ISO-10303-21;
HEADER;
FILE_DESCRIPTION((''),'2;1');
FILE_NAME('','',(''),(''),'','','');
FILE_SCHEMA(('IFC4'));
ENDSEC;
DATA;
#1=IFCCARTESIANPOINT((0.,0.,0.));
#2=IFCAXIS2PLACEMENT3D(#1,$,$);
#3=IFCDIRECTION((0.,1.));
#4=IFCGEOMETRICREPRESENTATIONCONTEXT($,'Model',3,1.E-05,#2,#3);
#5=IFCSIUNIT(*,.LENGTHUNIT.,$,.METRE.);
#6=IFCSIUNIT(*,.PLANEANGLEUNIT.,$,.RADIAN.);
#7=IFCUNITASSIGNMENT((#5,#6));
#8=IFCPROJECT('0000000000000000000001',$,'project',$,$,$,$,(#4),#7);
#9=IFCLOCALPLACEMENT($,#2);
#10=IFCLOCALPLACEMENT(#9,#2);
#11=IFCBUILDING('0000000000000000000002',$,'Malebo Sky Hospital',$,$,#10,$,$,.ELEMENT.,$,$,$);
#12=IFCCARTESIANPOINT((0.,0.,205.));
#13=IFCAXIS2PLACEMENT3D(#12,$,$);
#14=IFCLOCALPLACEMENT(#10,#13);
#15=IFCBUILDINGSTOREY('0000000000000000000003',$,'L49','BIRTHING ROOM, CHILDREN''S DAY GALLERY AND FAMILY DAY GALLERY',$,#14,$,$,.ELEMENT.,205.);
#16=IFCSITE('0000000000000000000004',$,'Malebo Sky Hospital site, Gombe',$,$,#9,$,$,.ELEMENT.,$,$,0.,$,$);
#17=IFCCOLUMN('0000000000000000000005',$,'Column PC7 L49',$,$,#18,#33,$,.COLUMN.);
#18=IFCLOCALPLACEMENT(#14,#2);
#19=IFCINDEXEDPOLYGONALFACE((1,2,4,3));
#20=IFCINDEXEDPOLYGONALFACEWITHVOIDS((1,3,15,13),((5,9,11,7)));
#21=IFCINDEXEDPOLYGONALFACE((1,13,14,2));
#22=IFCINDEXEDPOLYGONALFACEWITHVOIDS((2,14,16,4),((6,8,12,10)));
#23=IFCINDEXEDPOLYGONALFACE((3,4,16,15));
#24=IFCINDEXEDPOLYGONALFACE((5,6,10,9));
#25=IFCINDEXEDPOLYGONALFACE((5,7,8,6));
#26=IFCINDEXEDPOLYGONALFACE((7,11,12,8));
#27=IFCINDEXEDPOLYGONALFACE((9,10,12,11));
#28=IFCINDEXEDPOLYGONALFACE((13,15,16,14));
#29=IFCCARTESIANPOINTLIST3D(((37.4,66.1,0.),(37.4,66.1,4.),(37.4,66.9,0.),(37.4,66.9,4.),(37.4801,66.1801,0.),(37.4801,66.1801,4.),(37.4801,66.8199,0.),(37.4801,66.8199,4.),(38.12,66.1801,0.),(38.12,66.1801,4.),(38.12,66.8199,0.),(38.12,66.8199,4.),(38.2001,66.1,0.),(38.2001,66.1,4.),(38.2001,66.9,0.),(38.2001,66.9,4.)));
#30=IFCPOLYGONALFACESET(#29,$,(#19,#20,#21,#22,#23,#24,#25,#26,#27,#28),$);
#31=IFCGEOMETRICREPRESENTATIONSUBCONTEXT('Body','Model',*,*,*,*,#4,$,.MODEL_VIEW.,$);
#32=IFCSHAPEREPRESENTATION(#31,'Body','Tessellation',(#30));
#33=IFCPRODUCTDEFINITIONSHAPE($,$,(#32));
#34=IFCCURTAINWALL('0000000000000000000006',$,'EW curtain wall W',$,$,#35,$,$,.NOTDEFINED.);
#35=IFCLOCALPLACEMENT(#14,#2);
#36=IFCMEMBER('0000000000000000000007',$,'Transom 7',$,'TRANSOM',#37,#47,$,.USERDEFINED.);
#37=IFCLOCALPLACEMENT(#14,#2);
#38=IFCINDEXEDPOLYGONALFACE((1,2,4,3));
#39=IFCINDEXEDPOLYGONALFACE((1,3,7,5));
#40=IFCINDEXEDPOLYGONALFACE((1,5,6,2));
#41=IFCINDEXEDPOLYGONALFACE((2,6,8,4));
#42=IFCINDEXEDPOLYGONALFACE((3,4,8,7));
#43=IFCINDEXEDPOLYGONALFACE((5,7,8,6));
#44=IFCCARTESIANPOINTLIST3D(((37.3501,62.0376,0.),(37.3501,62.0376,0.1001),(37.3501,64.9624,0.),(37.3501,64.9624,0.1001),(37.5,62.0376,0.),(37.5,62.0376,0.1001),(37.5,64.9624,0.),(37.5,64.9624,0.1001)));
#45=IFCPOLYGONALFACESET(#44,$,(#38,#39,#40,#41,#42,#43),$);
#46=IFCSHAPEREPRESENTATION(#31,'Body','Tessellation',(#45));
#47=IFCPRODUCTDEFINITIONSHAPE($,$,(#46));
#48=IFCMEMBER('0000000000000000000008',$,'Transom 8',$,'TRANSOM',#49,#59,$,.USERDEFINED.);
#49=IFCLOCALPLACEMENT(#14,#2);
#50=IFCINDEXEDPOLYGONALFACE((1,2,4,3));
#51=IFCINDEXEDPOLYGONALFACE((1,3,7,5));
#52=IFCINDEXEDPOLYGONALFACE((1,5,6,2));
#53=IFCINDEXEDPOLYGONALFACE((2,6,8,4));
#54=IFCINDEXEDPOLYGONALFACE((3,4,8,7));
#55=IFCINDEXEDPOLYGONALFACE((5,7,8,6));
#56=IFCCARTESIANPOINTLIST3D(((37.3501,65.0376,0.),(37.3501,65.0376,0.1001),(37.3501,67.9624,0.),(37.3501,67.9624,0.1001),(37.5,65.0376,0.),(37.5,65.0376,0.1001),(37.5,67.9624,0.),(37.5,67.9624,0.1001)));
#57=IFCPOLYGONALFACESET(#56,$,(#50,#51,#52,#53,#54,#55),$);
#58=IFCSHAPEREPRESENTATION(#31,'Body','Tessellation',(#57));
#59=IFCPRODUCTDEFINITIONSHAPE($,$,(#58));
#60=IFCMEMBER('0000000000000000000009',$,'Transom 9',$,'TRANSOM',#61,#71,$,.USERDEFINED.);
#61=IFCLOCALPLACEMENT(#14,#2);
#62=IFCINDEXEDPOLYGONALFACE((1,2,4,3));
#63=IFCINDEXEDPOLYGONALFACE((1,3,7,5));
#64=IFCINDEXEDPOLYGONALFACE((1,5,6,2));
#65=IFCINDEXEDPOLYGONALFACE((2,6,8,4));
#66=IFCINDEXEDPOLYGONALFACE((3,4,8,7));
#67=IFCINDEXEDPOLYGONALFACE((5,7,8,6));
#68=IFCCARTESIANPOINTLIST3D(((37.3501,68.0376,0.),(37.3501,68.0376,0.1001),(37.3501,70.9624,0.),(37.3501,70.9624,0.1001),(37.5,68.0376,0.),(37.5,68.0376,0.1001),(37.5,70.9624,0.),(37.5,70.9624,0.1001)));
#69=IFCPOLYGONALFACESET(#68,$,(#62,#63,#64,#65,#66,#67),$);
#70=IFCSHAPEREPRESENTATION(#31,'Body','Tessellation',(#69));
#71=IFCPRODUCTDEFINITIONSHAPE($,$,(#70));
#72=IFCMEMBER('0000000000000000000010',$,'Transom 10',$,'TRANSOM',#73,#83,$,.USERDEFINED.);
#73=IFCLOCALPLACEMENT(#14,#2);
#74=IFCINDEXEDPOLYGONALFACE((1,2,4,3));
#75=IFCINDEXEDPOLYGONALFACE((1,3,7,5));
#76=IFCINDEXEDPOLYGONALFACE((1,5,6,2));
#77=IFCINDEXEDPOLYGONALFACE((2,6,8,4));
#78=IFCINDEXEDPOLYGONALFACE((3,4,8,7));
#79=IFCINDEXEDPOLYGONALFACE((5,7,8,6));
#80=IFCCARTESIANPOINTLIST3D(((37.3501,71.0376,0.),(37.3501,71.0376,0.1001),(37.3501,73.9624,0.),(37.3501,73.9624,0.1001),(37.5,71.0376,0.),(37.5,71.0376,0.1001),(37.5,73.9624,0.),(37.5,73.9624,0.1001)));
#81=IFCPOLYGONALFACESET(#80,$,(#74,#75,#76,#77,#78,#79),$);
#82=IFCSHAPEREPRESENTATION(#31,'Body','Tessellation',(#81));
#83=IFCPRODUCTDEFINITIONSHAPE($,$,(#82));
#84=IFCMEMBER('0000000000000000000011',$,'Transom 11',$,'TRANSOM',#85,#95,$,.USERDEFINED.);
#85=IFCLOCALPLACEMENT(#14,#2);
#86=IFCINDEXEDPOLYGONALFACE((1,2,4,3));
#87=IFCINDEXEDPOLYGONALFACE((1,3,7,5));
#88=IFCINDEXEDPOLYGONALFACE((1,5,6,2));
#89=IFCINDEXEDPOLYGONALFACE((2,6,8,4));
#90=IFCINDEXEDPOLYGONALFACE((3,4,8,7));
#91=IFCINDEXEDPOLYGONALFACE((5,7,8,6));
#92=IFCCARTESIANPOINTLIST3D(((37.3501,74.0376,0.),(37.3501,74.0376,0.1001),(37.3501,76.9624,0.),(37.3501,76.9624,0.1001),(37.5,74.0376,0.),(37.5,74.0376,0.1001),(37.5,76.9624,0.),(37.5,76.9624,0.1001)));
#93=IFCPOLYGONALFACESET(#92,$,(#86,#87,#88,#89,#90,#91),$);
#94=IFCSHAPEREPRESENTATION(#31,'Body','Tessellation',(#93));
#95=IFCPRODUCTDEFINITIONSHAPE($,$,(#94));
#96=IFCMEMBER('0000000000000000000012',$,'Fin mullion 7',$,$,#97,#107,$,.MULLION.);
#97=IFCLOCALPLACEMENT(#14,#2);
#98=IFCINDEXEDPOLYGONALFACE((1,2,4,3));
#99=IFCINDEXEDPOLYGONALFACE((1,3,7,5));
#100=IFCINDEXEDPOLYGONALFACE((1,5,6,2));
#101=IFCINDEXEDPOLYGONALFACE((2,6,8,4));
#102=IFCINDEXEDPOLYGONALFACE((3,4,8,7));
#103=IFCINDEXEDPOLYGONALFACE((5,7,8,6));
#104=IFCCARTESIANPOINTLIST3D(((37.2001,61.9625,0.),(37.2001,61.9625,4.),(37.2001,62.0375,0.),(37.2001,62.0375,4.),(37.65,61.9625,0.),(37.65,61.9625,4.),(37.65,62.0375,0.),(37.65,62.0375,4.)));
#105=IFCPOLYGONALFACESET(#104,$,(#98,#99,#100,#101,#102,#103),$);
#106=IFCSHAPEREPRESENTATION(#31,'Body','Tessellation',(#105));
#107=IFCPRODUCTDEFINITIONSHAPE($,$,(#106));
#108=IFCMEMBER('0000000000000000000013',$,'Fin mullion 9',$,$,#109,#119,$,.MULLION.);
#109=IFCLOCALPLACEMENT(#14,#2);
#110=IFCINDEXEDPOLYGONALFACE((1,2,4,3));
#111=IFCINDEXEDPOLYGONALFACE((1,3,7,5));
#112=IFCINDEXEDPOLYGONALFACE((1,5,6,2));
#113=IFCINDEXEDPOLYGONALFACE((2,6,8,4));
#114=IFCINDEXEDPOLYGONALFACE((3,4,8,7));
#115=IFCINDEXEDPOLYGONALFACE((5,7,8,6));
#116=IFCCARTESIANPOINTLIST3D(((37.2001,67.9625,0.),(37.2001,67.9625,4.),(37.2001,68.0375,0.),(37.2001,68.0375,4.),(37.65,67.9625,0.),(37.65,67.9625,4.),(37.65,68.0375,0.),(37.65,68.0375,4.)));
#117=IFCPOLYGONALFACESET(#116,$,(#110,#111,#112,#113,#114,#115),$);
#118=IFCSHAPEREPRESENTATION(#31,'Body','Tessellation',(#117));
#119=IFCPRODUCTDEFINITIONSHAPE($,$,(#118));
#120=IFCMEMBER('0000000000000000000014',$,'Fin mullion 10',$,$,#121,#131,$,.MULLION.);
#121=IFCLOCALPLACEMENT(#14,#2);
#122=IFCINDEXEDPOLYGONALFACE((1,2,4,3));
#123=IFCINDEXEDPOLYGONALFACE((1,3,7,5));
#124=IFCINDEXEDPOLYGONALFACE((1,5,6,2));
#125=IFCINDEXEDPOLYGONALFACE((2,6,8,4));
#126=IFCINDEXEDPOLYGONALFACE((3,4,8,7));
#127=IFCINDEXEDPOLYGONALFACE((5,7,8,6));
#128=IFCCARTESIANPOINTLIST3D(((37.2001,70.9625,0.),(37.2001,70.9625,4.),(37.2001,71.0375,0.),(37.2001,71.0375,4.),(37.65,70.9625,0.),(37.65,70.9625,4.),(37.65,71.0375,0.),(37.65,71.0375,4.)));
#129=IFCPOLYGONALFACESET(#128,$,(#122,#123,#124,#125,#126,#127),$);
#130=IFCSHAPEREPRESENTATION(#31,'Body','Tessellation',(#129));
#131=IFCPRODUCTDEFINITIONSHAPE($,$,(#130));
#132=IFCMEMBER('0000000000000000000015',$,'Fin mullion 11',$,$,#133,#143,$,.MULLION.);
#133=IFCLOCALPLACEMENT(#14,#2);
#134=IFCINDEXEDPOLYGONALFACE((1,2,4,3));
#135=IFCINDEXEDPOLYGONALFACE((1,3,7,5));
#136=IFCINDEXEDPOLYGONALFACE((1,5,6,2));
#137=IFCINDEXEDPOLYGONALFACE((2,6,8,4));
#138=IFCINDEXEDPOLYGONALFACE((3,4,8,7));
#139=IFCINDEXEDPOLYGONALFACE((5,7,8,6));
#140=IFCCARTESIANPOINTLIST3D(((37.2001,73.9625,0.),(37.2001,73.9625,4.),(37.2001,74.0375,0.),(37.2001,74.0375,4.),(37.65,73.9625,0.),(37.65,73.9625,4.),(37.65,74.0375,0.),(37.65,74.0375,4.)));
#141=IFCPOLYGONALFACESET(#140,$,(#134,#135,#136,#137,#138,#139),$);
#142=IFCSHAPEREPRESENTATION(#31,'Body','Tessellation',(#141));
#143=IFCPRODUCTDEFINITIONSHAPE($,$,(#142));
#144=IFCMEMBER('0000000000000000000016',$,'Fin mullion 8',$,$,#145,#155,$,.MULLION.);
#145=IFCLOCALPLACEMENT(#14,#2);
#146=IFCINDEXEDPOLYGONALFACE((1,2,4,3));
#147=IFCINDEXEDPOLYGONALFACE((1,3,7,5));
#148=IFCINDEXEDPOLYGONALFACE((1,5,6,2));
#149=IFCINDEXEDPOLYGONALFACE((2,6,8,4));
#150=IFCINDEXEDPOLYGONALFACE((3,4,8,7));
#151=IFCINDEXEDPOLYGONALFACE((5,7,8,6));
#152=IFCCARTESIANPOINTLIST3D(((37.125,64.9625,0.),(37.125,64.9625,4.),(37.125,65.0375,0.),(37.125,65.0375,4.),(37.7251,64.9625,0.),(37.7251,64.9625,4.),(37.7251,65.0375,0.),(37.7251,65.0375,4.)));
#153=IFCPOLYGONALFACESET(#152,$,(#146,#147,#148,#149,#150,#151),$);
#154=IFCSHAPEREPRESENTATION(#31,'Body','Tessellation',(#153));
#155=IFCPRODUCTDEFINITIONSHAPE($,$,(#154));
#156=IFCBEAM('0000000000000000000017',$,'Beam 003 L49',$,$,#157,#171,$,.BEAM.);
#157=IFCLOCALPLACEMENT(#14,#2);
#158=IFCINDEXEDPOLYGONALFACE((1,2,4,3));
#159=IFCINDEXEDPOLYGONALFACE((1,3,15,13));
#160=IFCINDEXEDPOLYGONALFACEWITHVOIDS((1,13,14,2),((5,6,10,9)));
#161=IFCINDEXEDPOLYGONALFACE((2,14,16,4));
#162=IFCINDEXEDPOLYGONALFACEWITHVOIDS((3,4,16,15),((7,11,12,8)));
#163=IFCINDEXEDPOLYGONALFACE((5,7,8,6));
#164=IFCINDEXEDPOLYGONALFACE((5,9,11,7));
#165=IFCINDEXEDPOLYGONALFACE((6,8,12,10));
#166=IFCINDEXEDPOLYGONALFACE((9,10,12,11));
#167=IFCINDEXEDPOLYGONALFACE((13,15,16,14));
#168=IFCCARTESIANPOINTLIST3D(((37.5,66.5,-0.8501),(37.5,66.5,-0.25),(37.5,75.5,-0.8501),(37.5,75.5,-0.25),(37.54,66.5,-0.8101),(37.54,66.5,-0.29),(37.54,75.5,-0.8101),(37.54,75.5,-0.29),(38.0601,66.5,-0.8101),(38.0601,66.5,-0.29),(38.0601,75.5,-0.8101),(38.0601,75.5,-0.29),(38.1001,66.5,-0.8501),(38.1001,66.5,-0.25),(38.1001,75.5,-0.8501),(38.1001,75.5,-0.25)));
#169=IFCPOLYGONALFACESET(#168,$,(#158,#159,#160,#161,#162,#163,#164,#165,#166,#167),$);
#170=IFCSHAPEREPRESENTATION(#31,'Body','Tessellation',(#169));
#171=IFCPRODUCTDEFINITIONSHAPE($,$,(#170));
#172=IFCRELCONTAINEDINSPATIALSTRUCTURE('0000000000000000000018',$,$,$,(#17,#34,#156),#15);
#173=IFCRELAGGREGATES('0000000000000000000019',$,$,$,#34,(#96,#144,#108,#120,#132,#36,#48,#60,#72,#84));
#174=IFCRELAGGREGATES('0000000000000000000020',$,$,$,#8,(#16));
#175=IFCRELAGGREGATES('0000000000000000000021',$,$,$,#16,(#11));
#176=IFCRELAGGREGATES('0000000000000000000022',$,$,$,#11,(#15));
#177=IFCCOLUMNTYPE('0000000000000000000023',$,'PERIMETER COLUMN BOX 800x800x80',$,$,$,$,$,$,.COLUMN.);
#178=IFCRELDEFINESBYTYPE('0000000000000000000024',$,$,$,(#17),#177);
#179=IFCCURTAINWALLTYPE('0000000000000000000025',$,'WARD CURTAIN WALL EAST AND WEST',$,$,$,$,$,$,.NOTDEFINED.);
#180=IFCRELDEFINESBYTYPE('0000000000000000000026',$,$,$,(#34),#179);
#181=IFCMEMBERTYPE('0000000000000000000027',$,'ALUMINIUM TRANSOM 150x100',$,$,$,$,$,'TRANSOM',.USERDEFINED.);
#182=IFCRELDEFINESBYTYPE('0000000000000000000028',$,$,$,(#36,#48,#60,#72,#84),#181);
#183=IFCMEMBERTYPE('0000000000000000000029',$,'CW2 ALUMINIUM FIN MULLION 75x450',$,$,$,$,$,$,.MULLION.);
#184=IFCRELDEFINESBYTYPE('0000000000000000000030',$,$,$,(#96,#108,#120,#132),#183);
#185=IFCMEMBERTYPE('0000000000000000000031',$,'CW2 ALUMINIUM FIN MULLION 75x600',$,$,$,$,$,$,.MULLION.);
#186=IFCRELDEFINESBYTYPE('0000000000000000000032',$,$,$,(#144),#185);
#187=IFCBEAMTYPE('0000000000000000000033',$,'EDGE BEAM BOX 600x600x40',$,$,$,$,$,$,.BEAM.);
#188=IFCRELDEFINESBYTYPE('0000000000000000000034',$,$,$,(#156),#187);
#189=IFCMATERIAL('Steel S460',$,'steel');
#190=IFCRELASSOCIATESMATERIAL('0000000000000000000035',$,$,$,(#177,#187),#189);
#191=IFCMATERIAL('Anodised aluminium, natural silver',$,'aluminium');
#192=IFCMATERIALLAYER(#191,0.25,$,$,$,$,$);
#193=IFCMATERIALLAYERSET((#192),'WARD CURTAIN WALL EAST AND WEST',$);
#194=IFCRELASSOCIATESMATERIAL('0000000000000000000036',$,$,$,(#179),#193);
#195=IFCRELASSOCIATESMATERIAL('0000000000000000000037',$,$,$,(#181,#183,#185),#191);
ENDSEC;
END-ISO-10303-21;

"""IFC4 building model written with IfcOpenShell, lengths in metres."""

from ifc_helpers import new_model, si_unit, direction, frame, origin, origin_2d, place, context, subcontext, project, spatial, rectangle, hollow_rectangle, extrude, material, layer, layer_set, material_profile, profile_set, type_object, element, aggregate, save


model = new_model("IFC4")

# Units and contexts
model_context = context("Model", 3, precision=1e-05, world=origin(), true_north=direction((0.0, 1.0)))
body_context = subcontext(model_context, "Body", "Model", "MODEL_VIEW")
ifc_project = project(units=[si_unit("LENGTHUNIT", "METRE"), si_unit("PLANEANGLEUNIT", "RADIAN")], contexts=[model_context])

# Site, building, storey
site_placement = place(None, origin())
site = spatial("IfcSite", under=ifc_project, at=site_placement, Name="Malebo Sky Hospital site, Gombe", CompositionType="ELEMENT", RefElevation=0.0)
building_placement = place(site_placement, origin())
building = spatial("IfcBuilding", under=site, at=building_placement, Name="Malebo Sky Hospital", CompositionType="ELEMENT")
storey_placement = place(building_placement, frame((0.0, 0.0, 205.0)))
storey = spatial("IfcBuildingStorey", under=building, at=storey_placement, Name="L49", Description="BIRTHING ROOM, CHILDREN'S DAY GALLERY AND FAMILY DAY GALLERY", CompositionType="ELEMENT", Elevation=205.0)

# Column
ifc_material_1 = material(Name="Steel S460", Category="steel")
ifc_material_profile_1 = material_profile(ifc_material_1, hollow_rectangle(XDim=0.8, YDim=0.8, WallThickness=0.0801, at=origin_2d()), Name="BOX 800x800x80")
ifc_profile_set_1 = profile_set([ifc_material_profile_1], Name="Steel S460")
column_type = type_object("IfcColumnType", Name="PERIMETER COLUMN BOX 800x800x80", PredefinedType="COLUMN", material=ifc_profile_set_1)
column_placement = place(storey_placement, frame((37.8, 66.5, 0.0), z_axis=(0.0, 0.0, 1.0), x_axis=(1.0, 0.0, 0.0)))
element("IfcColumn", 1, at=column_placement, inside=storey, type_object=column_type, Name="Column PC7 L49", PredefinedType="COLUMN", context=body_context, shape_type="SweptSolid", body=[
    extrude(hollow_rectangle(XDim=0.8, YDim=0.8, WallThickness=0.0801, at=origin_2d()), origin(), (0.0, 0.0, 1.0), 4.0),
])

# Curtain wall, members
ifc_material_2 = material(Name="Anodised aluminium, natural silver", Category="aluminium")
ifc_layer_1 = layer(ifc_material_2, 0.25)
ifc_layer_set_1 = layer_set([ifc_layer_1], Name="WARD CURTAIN WALL EAST AND WEST")
curtain_wall_type = type_object("IfcCurtainWallType", Name="WARD CURTAIN WALL EAST AND WEST", PredefinedType="NOTDEFINED", material=ifc_layer_set_1)
curtain_wall_placement = place(storey_placement, origin())
curtain_wall = element("IfcCurtainWall", 2, at=curtain_wall_placement, inside=storey, type_object=curtain_wall_type, Name="EW curtain wall W", PredefinedType="NOTDEFINED")
ifc_material_profile_2 = material_profile(ifc_material_2, rectangle(XDim=0.1499, YDim=0.1001, at=origin_2d()), Name="ALUMINIUM TRANSOM 150x100")
ifc_profile_set_2 = profile_set([ifc_material_profile_2], Name="Anodised aluminium, natural silver")
member_type_1 = type_object("IfcMemberType", Name="ALUMINIUM TRANSOM 150x100", ElementType="TRANSOM", PredefinedType="USERDEFINED", material=ifc_profile_set_2)
member_1_placement = place(storey_placement, frame((37.425, 62.0376, 0.05), z_axis=(0.0, 1.0, 0.0), x_axis=(-1.0, 0.0, 0.0)))
member_1 = element("IfcMember", 3, at=member_1_placement, type_object=member_type_1, Name="Transom 7", ObjectType="TRANSOM", PredefinedType="USERDEFINED", context=body_context, shape_type="SweptSolid", body=[
    extrude(rectangle(XDim=0.1499, YDim=0.1001, at=origin_2d()), origin(), (0.0, 0.0, 1.0), 2.9248),
])
member_2_placement = place(storey_placement, frame((37.425, 65.0376, 0.05), z_axis=(0.0, 1.0, 0.0), x_axis=(-1.0, 0.0, 0.0)))
member_2 = element("IfcMember", 4, at=member_2_placement, type_object=member_type_1, Name="Transom 8", ObjectType="TRANSOM", PredefinedType="USERDEFINED", context=body_context, shape_type="SweptSolid", body=[
    extrude(rectangle(XDim=0.1499, YDim=0.1001, at=origin_2d()), origin(), (0.0, 0.0, 1.0), 2.9248),
])
member_3_placement = place(storey_placement, frame((37.425, 68.0376, 0.05), z_axis=(0.0, 1.0, 0.0), x_axis=(-1.0, 0.0, 0.0)))
member_3 = element("IfcMember", 5, at=member_3_placement, type_object=member_type_1, Name="Transom 9", ObjectType="TRANSOM", PredefinedType="USERDEFINED", context=body_context, shape_type="SweptSolid", body=[
    extrude(rectangle(XDim=0.1499, YDim=0.1001, at=origin_2d()), origin(), (0.0, 0.0, 1.0), 2.9248),
])
member_4_placement = place(storey_placement, frame((37.425, 71.0376, 0.05), z_axis=(0.0, 1.0, 0.0), x_axis=(-1.0, 0.0, 0.0)))
member_4 = element("IfcMember", 6, at=member_4_placement, type_object=member_type_1, Name="Transom 10", ObjectType="TRANSOM", PredefinedType="USERDEFINED", context=body_context, shape_type="SweptSolid", body=[
    extrude(rectangle(XDim=0.1499, YDim=0.1001, at=origin_2d()), origin(), (0.0, 0.0, 1.0), 2.9248),
])
member_5_placement = place(storey_placement, frame((37.425, 74.0376, 0.05), z_axis=(0.0, 1.0, 0.0), x_axis=(-1.0, 0.0, 0.0)))
member_5 = element("IfcMember", 7, at=member_5_placement, type_object=member_type_1, Name="Transom 11", ObjectType="TRANSOM", PredefinedType="USERDEFINED", context=body_context, shape_type="SweptSolid", body=[
    extrude(rectangle(XDim=0.1499, YDim=0.1001, at=origin_2d()), origin(), (0.0, 0.0, 1.0), 2.9248),
])
ifc_material_profile_3 = material_profile(ifc_material_2, rectangle(XDim=0.075, YDim=0.45, at=origin_2d()), Name="CW2 ALUMINIUM FIN MULLION 75x450")
ifc_profile_set_3 = profile_set([ifc_material_profile_3], Name="Anodised aluminium, natural silver")
member_type_2 = type_object("IfcMemberType", Name="CW2 ALUMINIUM FIN MULLION 75x450", PredefinedType="MULLION", material=ifc_profile_set_3)
member_6_placement = place(storey_placement, frame((37.425, 62.0, 0.0), z_axis=(0.0, 0.0, 1.0), x_axis=(0.0, 1.0, 0.0)))
member_6 = element("IfcMember", 8, at=member_6_placement, type_object=member_type_2, Name="Fin mullion 7", PredefinedType="MULLION", context=body_context, shape_type="SweptSolid", body=[
    extrude(rectangle(XDim=0.075, YDim=0.45, at=origin_2d()), origin(), (0.0, 0.0, 1.0), 4.0),
])
member_7_placement = place(storey_placement, frame((37.425, 68.0, 0.0), z_axis=(0.0, 0.0, 1.0), x_axis=(0.0, 1.0, 0.0)))
member_7 = element("IfcMember", 9, at=member_7_placement, type_object=member_type_2, Name="Fin mullion 9", PredefinedType="MULLION", context=body_context, shape_type="SweptSolid", body=[
    extrude(rectangle(XDim=0.075, YDim=0.45, at=origin_2d()), origin(), (0.0, 0.0, 1.0), 4.0),
])
member_8_placement = place(storey_placement, frame((37.425, 71.0, 0.0), z_axis=(0.0, 0.0, 1.0), x_axis=(0.0, 1.0, 0.0)))
member_8 = element("IfcMember", 10, at=member_8_placement, type_object=member_type_2, Name="Fin mullion 10", PredefinedType="MULLION", context=body_context, shape_type="SweptSolid", body=[
    extrude(rectangle(XDim=0.075, YDim=0.45, at=origin_2d()), origin(), (0.0, 0.0, 1.0), 4.0),
])
member_9_placement = place(storey_placement, frame((37.425, 74.0, 0.0), z_axis=(0.0, 0.0, 1.0), x_axis=(0.0, 1.0, 0.0)))
member_9 = element("IfcMember", 11, at=member_9_placement, type_object=member_type_2, Name="Fin mullion 11", PredefinedType="MULLION", context=body_context, shape_type="SweptSolid", body=[
    extrude(rectangle(XDim=0.075, YDim=0.45, at=origin_2d()), origin(), (0.0, 0.0, 1.0), 4.0),
])
ifc_material_profile_4 = material_profile(ifc_material_2, rectangle(XDim=0.075, YDim=0.6001, at=origin_2d()), Name="CW2 ALUMINIUM FIN MULLION 75x600")
ifc_profile_set_4 = profile_set([ifc_material_profile_4], Name="Anodised aluminium, natural silver")
member_type_3 = type_object("IfcMemberType", Name="CW2 ALUMINIUM FIN MULLION 75x600", PredefinedType="MULLION", material=ifc_profile_set_4)
member_10_placement = place(storey_placement, frame((37.425, 65.0, 0.0), z_axis=(0.0, 0.0, 1.0), x_axis=(0.0, 1.0, 0.0)))
member_10 = element("IfcMember", 12, at=member_10_placement, type_object=member_type_3, Name="Fin mullion 8", PredefinedType="MULLION", context=body_context, shape_type="SweptSolid", body=[
    extrude(rectangle(XDim=0.075, YDim=0.6001, at=origin_2d()), origin(), (0.0, 0.0, 1.0), 4.0),
])

# Beam
ifc_material_profile_5 = material_profile(ifc_material_1, hollow_rectangle(XDim=0.6001, YDim=0.6001, WallThickness=0.04, at=origin_2d()), Name="BOX 600x600x40")
ifc_profile_set_5 = profile_set([ifc_material_profile_5], Name="Steel S460")
beam_type_1 = type_object("IfcBeamType", Name="EDGE BEAM BOX 600x600x40", PredefinedType="BEAM", material=ifc_profile_set_5)
beam_1_placement = place(storey_placement, frame((37.8, 66.5, -0.55), z_axis=(0.0, 1.0, 0.0), x_axis=(-1.0, 0.0, 0.0)))
element("IfcBeam", 13, at=beam_1_placement, inside=storey, type_object=beam_type_1, Name="Beam 003 L49", PredefinedType="BEAM", context=body_context, shape_type="SweptSolid", body=[
    extrude(hollow_rectangle(XDim=0.6001, YDim=0.6001, WallThickness=0.04, at=origin_2d()), origin(), (0.0, 0.0, 1.0), 9.0),
])

aggregate(curtain_wall, [member_6, member_10, member_7, member_8, member_9, member_1, member_2, member_3, member_4, member_5])

save(model, "model.ifc")
